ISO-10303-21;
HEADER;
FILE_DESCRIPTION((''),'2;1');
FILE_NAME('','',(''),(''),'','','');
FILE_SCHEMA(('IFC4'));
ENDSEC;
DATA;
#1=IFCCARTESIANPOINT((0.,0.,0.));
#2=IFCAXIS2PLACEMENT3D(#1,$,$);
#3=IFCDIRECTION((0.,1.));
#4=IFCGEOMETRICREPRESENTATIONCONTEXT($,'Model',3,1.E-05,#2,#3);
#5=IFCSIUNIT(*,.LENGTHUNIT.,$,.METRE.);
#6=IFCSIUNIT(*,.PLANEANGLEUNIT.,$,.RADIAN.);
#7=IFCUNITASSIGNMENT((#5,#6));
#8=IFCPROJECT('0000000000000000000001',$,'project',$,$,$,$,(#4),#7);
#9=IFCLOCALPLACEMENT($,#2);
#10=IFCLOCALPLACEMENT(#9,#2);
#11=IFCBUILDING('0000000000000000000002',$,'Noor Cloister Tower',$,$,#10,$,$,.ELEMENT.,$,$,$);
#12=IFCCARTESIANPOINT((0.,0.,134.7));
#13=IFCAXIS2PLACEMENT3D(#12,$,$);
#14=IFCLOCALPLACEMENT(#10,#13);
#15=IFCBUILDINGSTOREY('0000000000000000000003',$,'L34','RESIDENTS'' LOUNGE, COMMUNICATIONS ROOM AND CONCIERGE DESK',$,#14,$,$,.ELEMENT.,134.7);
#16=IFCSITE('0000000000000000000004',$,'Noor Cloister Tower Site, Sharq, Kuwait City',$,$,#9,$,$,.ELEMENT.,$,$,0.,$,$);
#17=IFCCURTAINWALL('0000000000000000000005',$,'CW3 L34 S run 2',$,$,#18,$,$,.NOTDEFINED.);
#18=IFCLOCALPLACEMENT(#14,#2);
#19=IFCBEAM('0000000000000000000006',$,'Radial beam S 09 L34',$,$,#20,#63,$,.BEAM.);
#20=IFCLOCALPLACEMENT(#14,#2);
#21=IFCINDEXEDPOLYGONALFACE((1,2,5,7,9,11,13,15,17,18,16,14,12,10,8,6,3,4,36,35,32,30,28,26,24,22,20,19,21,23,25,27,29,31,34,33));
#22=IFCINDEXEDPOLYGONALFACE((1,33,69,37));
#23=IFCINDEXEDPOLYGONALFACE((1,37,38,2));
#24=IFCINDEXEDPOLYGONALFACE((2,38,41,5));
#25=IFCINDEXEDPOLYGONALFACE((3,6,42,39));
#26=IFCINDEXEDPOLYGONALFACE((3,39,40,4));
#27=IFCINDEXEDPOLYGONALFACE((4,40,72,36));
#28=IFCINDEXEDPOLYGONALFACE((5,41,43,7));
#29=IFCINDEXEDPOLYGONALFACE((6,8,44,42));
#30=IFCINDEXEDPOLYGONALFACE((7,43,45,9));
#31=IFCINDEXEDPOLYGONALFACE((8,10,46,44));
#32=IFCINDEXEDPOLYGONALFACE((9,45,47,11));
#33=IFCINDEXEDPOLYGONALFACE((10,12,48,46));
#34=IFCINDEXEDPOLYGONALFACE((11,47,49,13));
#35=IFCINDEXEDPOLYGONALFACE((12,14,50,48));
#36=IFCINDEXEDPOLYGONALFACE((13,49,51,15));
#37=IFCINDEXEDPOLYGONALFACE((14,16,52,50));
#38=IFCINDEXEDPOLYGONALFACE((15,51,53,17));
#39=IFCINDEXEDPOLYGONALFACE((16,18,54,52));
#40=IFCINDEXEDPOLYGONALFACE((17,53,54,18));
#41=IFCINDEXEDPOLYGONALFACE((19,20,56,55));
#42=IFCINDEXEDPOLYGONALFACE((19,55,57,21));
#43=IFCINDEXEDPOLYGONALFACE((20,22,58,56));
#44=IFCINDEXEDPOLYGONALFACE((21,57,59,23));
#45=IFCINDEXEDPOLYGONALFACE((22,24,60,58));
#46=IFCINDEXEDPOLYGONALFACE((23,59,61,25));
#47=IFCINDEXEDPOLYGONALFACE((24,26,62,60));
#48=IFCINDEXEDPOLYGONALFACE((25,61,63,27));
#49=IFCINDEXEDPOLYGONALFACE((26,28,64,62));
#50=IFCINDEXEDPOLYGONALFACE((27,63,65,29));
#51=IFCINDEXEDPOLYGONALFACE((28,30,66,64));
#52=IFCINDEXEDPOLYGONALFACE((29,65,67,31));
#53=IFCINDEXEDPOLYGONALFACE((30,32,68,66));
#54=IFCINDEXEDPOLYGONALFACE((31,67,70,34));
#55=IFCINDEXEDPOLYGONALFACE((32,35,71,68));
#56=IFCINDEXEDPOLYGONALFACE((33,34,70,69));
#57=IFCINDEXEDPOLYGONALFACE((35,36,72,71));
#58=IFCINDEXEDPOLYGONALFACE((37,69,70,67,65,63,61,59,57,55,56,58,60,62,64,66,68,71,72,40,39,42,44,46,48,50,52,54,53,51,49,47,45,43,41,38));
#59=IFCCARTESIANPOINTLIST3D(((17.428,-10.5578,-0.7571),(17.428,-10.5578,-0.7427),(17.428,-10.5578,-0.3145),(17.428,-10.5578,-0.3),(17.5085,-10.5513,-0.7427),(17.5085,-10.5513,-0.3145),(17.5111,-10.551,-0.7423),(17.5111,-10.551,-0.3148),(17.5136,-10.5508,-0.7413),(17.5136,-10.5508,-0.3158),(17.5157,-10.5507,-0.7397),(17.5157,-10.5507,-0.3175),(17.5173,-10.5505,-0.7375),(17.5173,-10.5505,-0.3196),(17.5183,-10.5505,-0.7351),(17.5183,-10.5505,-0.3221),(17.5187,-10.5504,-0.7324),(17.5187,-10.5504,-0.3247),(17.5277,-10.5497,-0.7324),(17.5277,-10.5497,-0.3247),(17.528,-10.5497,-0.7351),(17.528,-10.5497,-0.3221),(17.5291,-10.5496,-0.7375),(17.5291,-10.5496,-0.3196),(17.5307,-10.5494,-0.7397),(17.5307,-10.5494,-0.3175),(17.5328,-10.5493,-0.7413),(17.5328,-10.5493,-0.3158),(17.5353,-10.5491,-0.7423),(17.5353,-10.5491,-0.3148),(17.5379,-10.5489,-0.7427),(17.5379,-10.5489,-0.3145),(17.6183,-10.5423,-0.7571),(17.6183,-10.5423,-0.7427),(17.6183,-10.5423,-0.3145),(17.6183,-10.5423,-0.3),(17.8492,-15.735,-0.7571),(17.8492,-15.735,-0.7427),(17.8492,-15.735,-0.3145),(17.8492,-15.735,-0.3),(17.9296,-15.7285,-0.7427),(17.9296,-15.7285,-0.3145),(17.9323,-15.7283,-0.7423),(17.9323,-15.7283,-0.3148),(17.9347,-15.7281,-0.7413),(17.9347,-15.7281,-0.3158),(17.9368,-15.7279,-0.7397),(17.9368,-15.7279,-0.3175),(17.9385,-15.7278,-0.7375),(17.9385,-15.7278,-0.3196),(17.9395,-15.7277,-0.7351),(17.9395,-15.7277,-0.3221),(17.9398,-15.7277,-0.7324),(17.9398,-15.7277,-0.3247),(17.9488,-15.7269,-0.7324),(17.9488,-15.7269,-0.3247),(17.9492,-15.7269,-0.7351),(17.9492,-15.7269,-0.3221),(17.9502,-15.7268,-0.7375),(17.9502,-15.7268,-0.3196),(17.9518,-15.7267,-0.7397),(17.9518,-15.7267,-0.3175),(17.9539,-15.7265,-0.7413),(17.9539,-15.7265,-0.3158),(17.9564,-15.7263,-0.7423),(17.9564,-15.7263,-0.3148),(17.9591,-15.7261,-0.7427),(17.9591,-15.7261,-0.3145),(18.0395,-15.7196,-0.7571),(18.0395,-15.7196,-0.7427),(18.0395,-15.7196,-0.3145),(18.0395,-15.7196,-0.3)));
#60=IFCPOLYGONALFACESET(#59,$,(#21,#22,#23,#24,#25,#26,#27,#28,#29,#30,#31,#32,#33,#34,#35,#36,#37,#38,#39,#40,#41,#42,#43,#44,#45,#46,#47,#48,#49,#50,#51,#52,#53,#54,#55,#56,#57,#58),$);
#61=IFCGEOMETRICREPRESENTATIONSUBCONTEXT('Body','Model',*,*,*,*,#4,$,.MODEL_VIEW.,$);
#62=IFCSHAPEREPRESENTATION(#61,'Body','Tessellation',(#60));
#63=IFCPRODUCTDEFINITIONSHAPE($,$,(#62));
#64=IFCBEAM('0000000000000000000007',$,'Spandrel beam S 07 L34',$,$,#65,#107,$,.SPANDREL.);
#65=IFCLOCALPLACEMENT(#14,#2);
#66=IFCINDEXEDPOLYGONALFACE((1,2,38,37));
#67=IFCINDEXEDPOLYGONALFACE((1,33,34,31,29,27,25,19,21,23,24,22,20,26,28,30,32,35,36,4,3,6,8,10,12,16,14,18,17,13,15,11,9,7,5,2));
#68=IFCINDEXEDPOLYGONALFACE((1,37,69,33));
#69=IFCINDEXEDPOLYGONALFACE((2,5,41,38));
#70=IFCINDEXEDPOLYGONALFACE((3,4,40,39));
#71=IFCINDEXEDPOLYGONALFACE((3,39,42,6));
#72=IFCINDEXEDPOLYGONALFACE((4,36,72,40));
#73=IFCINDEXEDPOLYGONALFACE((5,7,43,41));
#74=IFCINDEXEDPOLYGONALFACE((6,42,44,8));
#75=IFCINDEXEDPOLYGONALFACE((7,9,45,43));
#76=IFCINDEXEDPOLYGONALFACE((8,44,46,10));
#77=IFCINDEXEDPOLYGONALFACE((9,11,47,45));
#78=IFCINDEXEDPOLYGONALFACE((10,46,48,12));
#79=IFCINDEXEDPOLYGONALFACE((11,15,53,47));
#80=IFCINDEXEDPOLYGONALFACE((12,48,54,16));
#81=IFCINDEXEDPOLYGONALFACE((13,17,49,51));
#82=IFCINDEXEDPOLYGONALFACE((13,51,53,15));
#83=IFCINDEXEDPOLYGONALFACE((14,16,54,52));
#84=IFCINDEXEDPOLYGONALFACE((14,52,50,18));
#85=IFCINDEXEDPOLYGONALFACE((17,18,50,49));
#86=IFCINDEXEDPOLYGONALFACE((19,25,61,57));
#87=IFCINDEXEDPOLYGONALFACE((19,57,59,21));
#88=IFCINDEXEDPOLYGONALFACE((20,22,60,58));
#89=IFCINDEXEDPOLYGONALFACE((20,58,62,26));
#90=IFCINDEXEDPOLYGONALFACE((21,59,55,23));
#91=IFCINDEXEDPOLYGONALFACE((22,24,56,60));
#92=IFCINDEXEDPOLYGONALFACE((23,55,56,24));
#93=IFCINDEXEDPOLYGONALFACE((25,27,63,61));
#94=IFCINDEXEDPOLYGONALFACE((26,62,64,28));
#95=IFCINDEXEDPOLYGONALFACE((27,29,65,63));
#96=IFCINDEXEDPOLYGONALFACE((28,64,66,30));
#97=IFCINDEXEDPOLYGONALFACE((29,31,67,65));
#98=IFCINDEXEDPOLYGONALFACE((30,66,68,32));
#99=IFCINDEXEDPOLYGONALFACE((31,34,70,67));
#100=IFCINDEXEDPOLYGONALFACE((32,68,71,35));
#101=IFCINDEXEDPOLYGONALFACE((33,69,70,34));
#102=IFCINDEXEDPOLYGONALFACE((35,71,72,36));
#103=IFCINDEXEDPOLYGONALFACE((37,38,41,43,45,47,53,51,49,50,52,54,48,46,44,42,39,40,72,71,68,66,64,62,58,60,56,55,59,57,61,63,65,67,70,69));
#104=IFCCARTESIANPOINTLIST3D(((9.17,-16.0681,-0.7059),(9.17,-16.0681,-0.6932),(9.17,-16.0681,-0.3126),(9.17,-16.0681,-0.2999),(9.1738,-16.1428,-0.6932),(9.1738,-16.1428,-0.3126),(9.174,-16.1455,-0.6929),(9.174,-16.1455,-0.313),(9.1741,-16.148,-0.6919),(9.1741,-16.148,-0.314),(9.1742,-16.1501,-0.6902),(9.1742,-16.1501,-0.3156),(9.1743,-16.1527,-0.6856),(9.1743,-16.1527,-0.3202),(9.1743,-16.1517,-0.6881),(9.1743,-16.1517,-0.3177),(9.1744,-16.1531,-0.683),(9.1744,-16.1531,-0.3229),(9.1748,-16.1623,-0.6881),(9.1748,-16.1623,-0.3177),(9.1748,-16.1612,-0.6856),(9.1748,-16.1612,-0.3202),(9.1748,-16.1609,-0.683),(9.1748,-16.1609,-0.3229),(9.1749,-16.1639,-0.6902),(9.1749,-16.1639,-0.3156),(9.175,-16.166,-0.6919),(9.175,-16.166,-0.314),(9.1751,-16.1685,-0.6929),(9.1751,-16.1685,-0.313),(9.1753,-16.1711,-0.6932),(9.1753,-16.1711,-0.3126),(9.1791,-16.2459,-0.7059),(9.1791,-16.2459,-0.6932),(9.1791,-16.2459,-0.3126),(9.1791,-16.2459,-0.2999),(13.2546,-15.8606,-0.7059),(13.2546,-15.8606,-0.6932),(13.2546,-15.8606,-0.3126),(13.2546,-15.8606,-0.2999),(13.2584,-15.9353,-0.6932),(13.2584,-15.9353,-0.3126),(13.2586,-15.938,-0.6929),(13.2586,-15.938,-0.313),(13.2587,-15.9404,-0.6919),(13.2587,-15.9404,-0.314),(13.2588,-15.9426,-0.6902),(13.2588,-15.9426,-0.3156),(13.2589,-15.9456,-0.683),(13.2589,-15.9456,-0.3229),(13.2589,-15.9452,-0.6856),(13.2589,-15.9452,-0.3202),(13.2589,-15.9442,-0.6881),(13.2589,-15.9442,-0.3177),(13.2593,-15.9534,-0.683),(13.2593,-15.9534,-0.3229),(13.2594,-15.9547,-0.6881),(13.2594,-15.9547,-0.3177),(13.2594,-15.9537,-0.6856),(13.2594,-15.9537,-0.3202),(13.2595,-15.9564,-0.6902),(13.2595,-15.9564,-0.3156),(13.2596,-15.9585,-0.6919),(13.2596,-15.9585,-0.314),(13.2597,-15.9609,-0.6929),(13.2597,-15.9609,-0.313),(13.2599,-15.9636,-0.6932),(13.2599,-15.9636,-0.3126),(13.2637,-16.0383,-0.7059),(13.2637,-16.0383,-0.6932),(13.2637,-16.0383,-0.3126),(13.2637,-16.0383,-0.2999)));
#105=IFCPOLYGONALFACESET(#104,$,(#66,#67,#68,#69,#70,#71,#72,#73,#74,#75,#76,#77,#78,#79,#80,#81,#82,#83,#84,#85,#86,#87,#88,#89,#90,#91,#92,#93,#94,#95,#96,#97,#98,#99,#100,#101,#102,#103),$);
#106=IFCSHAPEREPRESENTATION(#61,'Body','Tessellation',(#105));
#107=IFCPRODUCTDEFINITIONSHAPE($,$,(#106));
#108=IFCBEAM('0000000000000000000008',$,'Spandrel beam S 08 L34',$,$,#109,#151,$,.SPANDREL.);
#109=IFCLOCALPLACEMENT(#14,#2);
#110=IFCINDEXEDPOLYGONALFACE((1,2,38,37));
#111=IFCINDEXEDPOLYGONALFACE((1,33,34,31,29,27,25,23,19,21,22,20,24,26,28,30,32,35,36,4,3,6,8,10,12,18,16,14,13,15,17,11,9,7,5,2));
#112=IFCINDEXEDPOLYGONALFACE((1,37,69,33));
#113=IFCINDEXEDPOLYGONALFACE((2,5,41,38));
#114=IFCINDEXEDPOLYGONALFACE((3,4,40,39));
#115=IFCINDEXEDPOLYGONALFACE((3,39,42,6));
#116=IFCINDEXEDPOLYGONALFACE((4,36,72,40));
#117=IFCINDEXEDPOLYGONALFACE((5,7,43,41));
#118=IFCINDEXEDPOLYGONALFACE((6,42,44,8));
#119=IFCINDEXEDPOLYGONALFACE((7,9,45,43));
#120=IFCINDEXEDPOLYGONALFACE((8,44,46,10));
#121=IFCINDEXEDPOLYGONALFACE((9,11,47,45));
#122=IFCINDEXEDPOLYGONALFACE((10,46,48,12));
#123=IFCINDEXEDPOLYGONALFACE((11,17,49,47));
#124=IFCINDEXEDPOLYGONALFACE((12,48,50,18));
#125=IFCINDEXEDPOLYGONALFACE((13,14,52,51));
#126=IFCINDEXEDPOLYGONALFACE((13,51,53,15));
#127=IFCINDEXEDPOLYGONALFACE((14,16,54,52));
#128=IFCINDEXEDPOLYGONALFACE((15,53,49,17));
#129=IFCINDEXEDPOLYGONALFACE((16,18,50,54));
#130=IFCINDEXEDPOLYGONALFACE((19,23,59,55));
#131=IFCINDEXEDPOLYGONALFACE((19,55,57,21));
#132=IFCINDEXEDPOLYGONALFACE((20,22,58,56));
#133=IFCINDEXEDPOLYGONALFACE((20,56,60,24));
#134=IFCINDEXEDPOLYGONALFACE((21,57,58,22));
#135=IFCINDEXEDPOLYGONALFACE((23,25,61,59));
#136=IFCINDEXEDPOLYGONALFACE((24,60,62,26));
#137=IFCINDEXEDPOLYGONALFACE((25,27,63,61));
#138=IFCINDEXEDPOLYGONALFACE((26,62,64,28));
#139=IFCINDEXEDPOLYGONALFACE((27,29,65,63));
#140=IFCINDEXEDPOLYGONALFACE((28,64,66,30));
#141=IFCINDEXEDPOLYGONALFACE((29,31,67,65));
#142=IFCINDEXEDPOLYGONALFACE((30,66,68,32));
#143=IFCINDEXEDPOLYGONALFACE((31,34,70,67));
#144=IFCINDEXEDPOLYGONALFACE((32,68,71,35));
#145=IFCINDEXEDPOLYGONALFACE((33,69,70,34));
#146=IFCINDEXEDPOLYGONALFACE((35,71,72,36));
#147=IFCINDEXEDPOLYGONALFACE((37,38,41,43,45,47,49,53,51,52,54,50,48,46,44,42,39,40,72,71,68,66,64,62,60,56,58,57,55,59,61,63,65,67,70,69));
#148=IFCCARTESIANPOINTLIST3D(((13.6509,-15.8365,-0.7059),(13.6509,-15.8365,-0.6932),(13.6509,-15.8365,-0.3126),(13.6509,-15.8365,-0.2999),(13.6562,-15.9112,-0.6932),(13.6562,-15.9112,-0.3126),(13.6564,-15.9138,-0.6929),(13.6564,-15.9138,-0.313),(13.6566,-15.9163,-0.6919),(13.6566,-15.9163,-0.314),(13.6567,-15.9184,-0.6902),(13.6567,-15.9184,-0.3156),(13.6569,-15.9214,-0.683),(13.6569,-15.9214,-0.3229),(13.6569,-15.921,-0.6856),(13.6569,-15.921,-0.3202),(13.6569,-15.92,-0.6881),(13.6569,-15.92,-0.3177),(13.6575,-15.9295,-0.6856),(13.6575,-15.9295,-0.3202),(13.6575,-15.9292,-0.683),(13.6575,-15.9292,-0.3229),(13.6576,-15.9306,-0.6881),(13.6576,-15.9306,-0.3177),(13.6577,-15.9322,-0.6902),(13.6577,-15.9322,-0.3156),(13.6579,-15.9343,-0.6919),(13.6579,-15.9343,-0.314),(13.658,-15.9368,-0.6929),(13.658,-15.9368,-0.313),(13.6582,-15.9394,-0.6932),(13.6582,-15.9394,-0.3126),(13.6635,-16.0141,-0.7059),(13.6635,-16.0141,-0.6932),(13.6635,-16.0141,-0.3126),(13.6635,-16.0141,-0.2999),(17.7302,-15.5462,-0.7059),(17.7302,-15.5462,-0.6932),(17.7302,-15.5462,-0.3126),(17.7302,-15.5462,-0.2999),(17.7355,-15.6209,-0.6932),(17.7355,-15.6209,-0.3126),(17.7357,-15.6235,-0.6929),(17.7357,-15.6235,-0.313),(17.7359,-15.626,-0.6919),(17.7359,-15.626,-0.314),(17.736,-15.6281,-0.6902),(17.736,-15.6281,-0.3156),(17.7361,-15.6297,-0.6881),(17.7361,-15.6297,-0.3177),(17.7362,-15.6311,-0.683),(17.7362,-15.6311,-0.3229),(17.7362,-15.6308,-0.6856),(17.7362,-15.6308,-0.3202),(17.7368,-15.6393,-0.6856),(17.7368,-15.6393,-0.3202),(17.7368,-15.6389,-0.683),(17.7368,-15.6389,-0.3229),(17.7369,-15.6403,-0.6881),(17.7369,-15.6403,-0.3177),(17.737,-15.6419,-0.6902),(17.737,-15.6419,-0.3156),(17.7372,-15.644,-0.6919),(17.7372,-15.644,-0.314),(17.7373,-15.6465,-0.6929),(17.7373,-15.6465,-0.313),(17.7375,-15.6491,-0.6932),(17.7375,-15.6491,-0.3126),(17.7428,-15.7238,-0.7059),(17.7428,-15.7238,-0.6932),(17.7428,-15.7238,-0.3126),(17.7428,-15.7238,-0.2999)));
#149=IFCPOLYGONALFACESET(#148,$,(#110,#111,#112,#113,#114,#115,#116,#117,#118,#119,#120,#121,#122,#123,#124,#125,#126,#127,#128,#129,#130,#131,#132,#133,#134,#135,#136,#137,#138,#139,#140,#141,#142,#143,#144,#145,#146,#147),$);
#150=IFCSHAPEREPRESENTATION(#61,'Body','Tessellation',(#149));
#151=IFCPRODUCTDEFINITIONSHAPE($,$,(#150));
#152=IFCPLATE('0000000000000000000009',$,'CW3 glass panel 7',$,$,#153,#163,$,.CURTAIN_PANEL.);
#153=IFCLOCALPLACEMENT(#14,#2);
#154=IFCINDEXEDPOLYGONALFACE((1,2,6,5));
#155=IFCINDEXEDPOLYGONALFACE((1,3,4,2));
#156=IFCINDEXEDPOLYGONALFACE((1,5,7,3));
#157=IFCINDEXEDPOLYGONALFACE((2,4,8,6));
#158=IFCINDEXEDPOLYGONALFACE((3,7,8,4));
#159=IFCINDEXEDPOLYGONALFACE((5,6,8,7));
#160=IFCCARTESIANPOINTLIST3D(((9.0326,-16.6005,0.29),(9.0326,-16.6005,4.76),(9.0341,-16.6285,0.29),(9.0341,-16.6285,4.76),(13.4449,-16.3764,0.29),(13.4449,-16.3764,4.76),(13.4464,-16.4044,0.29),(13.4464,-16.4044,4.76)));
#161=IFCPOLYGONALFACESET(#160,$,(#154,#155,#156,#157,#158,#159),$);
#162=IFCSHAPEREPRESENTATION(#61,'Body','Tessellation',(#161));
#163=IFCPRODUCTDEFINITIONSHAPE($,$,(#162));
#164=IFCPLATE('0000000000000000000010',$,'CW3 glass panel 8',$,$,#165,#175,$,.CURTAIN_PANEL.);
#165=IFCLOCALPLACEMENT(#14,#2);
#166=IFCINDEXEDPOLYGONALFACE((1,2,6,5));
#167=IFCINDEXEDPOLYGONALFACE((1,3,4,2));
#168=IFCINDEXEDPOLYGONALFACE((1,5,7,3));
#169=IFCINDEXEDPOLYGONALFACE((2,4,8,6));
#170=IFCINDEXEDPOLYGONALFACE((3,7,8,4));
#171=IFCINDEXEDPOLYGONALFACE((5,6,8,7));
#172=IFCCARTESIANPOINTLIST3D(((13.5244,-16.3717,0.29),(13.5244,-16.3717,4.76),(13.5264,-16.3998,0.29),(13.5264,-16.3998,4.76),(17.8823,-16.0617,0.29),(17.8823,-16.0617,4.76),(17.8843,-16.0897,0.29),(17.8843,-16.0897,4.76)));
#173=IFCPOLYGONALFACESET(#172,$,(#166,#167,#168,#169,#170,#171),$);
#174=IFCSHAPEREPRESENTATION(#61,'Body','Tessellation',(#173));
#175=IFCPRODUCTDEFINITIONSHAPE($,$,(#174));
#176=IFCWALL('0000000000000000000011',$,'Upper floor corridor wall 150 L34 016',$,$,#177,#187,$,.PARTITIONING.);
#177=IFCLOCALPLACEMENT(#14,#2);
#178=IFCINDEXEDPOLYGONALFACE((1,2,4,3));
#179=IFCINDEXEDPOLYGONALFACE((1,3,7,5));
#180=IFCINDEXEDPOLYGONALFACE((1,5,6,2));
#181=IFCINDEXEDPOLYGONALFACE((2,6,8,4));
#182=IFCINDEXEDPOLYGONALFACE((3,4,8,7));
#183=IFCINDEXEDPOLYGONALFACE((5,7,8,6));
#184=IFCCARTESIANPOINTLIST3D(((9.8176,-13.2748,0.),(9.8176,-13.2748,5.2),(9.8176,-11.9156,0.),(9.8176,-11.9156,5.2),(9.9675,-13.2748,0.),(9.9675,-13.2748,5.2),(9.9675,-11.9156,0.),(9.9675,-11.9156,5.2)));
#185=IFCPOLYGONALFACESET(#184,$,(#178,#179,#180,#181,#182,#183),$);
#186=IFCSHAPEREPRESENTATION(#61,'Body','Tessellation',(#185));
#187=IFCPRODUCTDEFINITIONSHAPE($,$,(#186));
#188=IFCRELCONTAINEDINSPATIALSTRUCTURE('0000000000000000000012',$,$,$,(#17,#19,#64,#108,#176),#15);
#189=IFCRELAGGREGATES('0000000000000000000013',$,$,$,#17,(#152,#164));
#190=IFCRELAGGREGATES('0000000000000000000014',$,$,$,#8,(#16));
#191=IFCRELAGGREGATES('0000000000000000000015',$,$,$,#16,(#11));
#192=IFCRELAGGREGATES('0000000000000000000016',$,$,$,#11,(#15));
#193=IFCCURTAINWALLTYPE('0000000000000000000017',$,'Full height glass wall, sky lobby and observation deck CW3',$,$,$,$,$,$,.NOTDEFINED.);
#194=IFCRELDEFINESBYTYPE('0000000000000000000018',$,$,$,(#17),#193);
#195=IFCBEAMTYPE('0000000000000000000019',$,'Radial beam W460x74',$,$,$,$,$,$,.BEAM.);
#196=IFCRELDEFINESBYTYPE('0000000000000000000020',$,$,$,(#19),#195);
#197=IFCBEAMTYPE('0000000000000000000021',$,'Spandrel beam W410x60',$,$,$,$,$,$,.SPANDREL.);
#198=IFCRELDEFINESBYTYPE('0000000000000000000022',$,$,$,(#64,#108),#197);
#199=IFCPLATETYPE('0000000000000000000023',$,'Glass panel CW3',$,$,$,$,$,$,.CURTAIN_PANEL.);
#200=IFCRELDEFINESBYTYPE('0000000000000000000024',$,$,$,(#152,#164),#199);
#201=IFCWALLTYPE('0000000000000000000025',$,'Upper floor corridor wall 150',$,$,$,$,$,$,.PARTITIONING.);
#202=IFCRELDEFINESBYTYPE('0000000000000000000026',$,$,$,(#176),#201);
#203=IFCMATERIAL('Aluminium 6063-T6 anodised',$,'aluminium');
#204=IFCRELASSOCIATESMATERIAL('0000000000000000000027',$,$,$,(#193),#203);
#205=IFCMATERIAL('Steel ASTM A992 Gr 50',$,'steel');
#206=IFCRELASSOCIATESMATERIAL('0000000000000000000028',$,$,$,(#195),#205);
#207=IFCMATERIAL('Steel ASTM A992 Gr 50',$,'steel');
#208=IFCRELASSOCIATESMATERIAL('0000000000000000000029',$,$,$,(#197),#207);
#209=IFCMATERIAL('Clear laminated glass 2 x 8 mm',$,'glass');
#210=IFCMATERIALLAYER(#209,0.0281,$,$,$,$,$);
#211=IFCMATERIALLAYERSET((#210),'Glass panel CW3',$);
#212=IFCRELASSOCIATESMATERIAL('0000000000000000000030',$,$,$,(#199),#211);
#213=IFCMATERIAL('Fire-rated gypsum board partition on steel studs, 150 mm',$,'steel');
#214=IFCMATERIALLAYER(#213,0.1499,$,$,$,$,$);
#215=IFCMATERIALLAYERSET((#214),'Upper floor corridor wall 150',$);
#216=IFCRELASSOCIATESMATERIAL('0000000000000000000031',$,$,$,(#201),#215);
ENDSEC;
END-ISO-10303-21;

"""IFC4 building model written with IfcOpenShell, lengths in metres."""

from ifc_helpers import new_model, si_unit, direction, frame, frame_2d, origin, origin_2d, place, context, subcontext, project, spatial, rectangle, i_section, extrude, material, layer, layer_set, material_profile, profile_set, type_object, element, aggregate, save


model = new_model("IFC4")

# Units and contexts
model_context = context("Model", 3, precision=1e-05, world=origin(), true_north=direction((0.0, 1.0)))
body_context = subcontext(model_context, "Body", "Model", "MODEL_VIEW")
ifc_project = project(units=[si_unit("LENGTHUNIT", "METRE"), si_unit("PLANEANGLEUNIT", "RADIAN")], contexts=[model_context])

# Site, building, storey
site_placement = place(None, origin())
site = spatial("IfcSite", under=ifc_project, at=site_placement, Name="Noor Cloister Tower Site, Sharq, Kuwait City", CompositionType="ELEMENT", RefElevation=0.0)
building_placement = place(site_placement, origin())
building = spatial("IfcBuilding", under=site, at=building_placement, Name="Noor Cloister Tower", CompositionType="ELEMENT")
storey_placement = place(building_placement, frame((0.0, 0.0, 134.7)))
storey = spatial("IfcBuildingStorey", under=building, at=storey_placement, Name="L34", Description="RESIDENTS' LOUNGE, COMMUNICATIONS ROOM AND CONCIERGE DESK", CompositionType="ELEMENT", Elevation=134.7)

# Curtain wall
ifc_material_1 = material(Name="Aluminium 6063-T6 anodised", Category="aluminium")
curtain_wall_type = type_object("IfcCurtainWallType", Name="Full height glass wall, sky lobby and observation deck CW3", PredefinedType="NOTDEFINED", material=ifc_material_1)
curtain_wall_placement = place(storey_placement, origin())
curtain_wall = element("IfcCurtainWall", 1, at=curtain_wall_placement, inside=storey, type_object=curtain_wall_type, Name="CW3 L34 S run 2", PredefinedType="NOTDEFINED")

# Beams
ifc_material_2 = material(Name="Steel ASTM A992 Gr 50", Category="steel")
ifc_material_profile_1 = material_profile(ifc_material_2, i_section(OverallWidth=0.1909, OverallDepth=0.457, WebThickness=0.009, FlangeThickness=0.0144, FilletRadius=0.0103, at=origin_2d()), Name="W460x74")
ifc_profile_set_1 = profile_set([ifc_material_profile_1], Name="Steel ASTM A992 Gr 50")
beam_type_1 = type_object("IfcBeamType", Name="Radial beam W460x74", PredefinedType="BEAM", material=ifc_profile_set_1)
beam_1_placement = place(storey_placement, frame((17.9443, -15.7273, -0.5286), z_axis=(-0.081077, 0.996708, 0.0), x_axis=(-0.996708, -0.081077, 0.0)))
element("IfcBeam", 2, at=beam_1_placement, inside=storey, type_object=beam_type_1, Name="Radial beam S 09 L34", PredefinedType="BEAM", context=body_context, shape_type="SweptSolid", body=[
    extrude(i_section(OverallWidth=0.1909, OverallDepth=0.457, WebThickness=0.009, FlangeThickness=0.0144, FilletRadius=0.0103, at=origin_2d()), origin(), (0.0, 0.0, 1.0), 5.1943),
])
ifc_material_3 = material(Name="Steel ASTM A992 Gr 50", Category="steel")
ifc_material_profile_2 = material_profile(ifc_material_3, i_section(OverallWidth=0.178, OverallDepth=0.406, WebThickness=0.0078, FlangeThickness=0.0127, FilletRadius=0.0103, at=origin_2d()), Name="W410x60")
ifc_profile_set_2 = profile_set([ifc_material_profile_2], Name="Steel ASTM A992 Gr 50")
beam_type_2 = type_object("IfcBeamType", Name="Spandrel beam W410x60", PredefinedType="SPANDREL", material=ifc_profile_set_2)
beam_2_placement = place(storey_placement, frame((9.1746, -16.157, -0.5029), z_axis=(0.998712, 0.050741, 0.0), x_axis=(-0.050741, 0.998712, 0.0)))
element("IfcBeam", 3, at=beam_2_placement, inside=storey, type_object=beam_type_2, Name="Spandrel beam S 07 L34", PredefinedType="SPANDREL", context=body_context, shape_type="SweptSolid", body=[
    extrude(i_section(OverallWidth=0.178, OverallDepth=0.406, WebThickness=0.0078, FlangeThickness=0.0127, FilletRadius=0.0103, at=origin_2d()), origin(), (0.0, 0.0, 1.0), 4.0898),
])
beam_3_placement = place(storey_placement, frame((13.6572, -15.9253, -0.5029), z_axis=(0.997478, 0.07098, 0.0), x_axis=(-0.07098, 0.997478, 0.0)))
element("IfcBeam", 4, at=beam_3_placement, inside=storey, type_object=beam_type_2, Name="Spandrel beam S 08 L34", PredefinedType="SPANDREL", context=body_context, shape_type="SweptSolid", body=[
    extrude(i_section(OverallWidth=0.178, OverallDepth=0.406, WebThickness=0.0078, FlangeThickness=0.0127, FilletRadius=0.0103, at=origin_2d()), origin(), (0.0, 0.0, 1.0), 4.0896),
])

# Plates
ifc_material_4 = material(Name="Clear laminated glass 2 x 8 mm", Category="glass")
ifc_layer_1 = layer(ifc_material_4, 0.0281)
ifc_layer_set_1 = layer_set([ifc_layer_1], Name="Glass panel CW3")
plate_type = type_object("IfcPlateType", Name="Glass panel CW3", PredefinedType="CURTAIN_PANEL", material=ifc_layer_set_1)
plate_1_placement = place(storey_placement, frame((11.2395, -16.5024, 0.29), z_axis=(0.0, 0.0, 1.0), x_axis=(0.998713, 0.050715, 0.0)))
plate_1 = element("IfcPlate", 5, at=plate_1_placement, type_object=plate_type, Name="CW3 glass panel 7", PredefinedType="CURTAIN_PANEL", context=body_context, shape_type="SweptSolid", body=[
    extrude(rectangle(XDim=4.418, YDim=0.0281, at=origin_2d()), origin(), (0.0, 0.0, 1.0), 4.47),
])
plate_2_placement = place(storey_placement, frame((15.7043, -16.2307, 0.29), z_axis=(0.0, 0.0, 1.0), x_axis=(0.997478, 0.070972, 0.0)))
plate_2 = element("IfcPlate", 6, at=plate_2_placement, type_object=plate_type, Name="CW3 glass panel 8", PredefinedType="CURTAIN_PANEL", context=body_context, shape_type="SweptSolid", body=[
    extrude(rectangle(XDim=4.3689, YDim=0.0281, at=origin_2d()), origin(), (0.0, 0.0, 1.0), 4.47),
])
aggregate(curtain_wall, [plate_1, plate_2])

# Wall
ifc_material_5 = material(Name="Fire-rated gypsum board partition on steel studs, 150 mm", Category="steel")
ifc_layer_2 = layer(ifc_material_5, 0.1499)
ifc_layer_set_2 = layer_set([ifc_layer_2], Name="Upper floor corridor wall 150")
wall_type = type_object("IfcWallType", Name="Upper floor corridor wall 150", PredefinedType="PARTITIONING", material=ifc_layer_set_2)
wall_placement = place(storey_placement, frame((9.8926, -13.2749, 0.0), z_axis=(0.0, 0.0, 1.0), x_axis=(0.0, 1.0, 0.0)))
element("IfcWall", 7, at=wall_placement, inside=storey, type_object=wall_type, Name="Upper floor corridor wall 150 L34 016", PredefinedType="PARTITIONING", context=body_context, shape_type="SweptSolid", body=[
    extrude(rectangle(XDim=1.3591, YDim=0.1499, at=frame_2d((0.6797, 0.0))), origin(), (0.0, 0.0, 1.0), 5.2),
])

save(model, "model.ifc")
